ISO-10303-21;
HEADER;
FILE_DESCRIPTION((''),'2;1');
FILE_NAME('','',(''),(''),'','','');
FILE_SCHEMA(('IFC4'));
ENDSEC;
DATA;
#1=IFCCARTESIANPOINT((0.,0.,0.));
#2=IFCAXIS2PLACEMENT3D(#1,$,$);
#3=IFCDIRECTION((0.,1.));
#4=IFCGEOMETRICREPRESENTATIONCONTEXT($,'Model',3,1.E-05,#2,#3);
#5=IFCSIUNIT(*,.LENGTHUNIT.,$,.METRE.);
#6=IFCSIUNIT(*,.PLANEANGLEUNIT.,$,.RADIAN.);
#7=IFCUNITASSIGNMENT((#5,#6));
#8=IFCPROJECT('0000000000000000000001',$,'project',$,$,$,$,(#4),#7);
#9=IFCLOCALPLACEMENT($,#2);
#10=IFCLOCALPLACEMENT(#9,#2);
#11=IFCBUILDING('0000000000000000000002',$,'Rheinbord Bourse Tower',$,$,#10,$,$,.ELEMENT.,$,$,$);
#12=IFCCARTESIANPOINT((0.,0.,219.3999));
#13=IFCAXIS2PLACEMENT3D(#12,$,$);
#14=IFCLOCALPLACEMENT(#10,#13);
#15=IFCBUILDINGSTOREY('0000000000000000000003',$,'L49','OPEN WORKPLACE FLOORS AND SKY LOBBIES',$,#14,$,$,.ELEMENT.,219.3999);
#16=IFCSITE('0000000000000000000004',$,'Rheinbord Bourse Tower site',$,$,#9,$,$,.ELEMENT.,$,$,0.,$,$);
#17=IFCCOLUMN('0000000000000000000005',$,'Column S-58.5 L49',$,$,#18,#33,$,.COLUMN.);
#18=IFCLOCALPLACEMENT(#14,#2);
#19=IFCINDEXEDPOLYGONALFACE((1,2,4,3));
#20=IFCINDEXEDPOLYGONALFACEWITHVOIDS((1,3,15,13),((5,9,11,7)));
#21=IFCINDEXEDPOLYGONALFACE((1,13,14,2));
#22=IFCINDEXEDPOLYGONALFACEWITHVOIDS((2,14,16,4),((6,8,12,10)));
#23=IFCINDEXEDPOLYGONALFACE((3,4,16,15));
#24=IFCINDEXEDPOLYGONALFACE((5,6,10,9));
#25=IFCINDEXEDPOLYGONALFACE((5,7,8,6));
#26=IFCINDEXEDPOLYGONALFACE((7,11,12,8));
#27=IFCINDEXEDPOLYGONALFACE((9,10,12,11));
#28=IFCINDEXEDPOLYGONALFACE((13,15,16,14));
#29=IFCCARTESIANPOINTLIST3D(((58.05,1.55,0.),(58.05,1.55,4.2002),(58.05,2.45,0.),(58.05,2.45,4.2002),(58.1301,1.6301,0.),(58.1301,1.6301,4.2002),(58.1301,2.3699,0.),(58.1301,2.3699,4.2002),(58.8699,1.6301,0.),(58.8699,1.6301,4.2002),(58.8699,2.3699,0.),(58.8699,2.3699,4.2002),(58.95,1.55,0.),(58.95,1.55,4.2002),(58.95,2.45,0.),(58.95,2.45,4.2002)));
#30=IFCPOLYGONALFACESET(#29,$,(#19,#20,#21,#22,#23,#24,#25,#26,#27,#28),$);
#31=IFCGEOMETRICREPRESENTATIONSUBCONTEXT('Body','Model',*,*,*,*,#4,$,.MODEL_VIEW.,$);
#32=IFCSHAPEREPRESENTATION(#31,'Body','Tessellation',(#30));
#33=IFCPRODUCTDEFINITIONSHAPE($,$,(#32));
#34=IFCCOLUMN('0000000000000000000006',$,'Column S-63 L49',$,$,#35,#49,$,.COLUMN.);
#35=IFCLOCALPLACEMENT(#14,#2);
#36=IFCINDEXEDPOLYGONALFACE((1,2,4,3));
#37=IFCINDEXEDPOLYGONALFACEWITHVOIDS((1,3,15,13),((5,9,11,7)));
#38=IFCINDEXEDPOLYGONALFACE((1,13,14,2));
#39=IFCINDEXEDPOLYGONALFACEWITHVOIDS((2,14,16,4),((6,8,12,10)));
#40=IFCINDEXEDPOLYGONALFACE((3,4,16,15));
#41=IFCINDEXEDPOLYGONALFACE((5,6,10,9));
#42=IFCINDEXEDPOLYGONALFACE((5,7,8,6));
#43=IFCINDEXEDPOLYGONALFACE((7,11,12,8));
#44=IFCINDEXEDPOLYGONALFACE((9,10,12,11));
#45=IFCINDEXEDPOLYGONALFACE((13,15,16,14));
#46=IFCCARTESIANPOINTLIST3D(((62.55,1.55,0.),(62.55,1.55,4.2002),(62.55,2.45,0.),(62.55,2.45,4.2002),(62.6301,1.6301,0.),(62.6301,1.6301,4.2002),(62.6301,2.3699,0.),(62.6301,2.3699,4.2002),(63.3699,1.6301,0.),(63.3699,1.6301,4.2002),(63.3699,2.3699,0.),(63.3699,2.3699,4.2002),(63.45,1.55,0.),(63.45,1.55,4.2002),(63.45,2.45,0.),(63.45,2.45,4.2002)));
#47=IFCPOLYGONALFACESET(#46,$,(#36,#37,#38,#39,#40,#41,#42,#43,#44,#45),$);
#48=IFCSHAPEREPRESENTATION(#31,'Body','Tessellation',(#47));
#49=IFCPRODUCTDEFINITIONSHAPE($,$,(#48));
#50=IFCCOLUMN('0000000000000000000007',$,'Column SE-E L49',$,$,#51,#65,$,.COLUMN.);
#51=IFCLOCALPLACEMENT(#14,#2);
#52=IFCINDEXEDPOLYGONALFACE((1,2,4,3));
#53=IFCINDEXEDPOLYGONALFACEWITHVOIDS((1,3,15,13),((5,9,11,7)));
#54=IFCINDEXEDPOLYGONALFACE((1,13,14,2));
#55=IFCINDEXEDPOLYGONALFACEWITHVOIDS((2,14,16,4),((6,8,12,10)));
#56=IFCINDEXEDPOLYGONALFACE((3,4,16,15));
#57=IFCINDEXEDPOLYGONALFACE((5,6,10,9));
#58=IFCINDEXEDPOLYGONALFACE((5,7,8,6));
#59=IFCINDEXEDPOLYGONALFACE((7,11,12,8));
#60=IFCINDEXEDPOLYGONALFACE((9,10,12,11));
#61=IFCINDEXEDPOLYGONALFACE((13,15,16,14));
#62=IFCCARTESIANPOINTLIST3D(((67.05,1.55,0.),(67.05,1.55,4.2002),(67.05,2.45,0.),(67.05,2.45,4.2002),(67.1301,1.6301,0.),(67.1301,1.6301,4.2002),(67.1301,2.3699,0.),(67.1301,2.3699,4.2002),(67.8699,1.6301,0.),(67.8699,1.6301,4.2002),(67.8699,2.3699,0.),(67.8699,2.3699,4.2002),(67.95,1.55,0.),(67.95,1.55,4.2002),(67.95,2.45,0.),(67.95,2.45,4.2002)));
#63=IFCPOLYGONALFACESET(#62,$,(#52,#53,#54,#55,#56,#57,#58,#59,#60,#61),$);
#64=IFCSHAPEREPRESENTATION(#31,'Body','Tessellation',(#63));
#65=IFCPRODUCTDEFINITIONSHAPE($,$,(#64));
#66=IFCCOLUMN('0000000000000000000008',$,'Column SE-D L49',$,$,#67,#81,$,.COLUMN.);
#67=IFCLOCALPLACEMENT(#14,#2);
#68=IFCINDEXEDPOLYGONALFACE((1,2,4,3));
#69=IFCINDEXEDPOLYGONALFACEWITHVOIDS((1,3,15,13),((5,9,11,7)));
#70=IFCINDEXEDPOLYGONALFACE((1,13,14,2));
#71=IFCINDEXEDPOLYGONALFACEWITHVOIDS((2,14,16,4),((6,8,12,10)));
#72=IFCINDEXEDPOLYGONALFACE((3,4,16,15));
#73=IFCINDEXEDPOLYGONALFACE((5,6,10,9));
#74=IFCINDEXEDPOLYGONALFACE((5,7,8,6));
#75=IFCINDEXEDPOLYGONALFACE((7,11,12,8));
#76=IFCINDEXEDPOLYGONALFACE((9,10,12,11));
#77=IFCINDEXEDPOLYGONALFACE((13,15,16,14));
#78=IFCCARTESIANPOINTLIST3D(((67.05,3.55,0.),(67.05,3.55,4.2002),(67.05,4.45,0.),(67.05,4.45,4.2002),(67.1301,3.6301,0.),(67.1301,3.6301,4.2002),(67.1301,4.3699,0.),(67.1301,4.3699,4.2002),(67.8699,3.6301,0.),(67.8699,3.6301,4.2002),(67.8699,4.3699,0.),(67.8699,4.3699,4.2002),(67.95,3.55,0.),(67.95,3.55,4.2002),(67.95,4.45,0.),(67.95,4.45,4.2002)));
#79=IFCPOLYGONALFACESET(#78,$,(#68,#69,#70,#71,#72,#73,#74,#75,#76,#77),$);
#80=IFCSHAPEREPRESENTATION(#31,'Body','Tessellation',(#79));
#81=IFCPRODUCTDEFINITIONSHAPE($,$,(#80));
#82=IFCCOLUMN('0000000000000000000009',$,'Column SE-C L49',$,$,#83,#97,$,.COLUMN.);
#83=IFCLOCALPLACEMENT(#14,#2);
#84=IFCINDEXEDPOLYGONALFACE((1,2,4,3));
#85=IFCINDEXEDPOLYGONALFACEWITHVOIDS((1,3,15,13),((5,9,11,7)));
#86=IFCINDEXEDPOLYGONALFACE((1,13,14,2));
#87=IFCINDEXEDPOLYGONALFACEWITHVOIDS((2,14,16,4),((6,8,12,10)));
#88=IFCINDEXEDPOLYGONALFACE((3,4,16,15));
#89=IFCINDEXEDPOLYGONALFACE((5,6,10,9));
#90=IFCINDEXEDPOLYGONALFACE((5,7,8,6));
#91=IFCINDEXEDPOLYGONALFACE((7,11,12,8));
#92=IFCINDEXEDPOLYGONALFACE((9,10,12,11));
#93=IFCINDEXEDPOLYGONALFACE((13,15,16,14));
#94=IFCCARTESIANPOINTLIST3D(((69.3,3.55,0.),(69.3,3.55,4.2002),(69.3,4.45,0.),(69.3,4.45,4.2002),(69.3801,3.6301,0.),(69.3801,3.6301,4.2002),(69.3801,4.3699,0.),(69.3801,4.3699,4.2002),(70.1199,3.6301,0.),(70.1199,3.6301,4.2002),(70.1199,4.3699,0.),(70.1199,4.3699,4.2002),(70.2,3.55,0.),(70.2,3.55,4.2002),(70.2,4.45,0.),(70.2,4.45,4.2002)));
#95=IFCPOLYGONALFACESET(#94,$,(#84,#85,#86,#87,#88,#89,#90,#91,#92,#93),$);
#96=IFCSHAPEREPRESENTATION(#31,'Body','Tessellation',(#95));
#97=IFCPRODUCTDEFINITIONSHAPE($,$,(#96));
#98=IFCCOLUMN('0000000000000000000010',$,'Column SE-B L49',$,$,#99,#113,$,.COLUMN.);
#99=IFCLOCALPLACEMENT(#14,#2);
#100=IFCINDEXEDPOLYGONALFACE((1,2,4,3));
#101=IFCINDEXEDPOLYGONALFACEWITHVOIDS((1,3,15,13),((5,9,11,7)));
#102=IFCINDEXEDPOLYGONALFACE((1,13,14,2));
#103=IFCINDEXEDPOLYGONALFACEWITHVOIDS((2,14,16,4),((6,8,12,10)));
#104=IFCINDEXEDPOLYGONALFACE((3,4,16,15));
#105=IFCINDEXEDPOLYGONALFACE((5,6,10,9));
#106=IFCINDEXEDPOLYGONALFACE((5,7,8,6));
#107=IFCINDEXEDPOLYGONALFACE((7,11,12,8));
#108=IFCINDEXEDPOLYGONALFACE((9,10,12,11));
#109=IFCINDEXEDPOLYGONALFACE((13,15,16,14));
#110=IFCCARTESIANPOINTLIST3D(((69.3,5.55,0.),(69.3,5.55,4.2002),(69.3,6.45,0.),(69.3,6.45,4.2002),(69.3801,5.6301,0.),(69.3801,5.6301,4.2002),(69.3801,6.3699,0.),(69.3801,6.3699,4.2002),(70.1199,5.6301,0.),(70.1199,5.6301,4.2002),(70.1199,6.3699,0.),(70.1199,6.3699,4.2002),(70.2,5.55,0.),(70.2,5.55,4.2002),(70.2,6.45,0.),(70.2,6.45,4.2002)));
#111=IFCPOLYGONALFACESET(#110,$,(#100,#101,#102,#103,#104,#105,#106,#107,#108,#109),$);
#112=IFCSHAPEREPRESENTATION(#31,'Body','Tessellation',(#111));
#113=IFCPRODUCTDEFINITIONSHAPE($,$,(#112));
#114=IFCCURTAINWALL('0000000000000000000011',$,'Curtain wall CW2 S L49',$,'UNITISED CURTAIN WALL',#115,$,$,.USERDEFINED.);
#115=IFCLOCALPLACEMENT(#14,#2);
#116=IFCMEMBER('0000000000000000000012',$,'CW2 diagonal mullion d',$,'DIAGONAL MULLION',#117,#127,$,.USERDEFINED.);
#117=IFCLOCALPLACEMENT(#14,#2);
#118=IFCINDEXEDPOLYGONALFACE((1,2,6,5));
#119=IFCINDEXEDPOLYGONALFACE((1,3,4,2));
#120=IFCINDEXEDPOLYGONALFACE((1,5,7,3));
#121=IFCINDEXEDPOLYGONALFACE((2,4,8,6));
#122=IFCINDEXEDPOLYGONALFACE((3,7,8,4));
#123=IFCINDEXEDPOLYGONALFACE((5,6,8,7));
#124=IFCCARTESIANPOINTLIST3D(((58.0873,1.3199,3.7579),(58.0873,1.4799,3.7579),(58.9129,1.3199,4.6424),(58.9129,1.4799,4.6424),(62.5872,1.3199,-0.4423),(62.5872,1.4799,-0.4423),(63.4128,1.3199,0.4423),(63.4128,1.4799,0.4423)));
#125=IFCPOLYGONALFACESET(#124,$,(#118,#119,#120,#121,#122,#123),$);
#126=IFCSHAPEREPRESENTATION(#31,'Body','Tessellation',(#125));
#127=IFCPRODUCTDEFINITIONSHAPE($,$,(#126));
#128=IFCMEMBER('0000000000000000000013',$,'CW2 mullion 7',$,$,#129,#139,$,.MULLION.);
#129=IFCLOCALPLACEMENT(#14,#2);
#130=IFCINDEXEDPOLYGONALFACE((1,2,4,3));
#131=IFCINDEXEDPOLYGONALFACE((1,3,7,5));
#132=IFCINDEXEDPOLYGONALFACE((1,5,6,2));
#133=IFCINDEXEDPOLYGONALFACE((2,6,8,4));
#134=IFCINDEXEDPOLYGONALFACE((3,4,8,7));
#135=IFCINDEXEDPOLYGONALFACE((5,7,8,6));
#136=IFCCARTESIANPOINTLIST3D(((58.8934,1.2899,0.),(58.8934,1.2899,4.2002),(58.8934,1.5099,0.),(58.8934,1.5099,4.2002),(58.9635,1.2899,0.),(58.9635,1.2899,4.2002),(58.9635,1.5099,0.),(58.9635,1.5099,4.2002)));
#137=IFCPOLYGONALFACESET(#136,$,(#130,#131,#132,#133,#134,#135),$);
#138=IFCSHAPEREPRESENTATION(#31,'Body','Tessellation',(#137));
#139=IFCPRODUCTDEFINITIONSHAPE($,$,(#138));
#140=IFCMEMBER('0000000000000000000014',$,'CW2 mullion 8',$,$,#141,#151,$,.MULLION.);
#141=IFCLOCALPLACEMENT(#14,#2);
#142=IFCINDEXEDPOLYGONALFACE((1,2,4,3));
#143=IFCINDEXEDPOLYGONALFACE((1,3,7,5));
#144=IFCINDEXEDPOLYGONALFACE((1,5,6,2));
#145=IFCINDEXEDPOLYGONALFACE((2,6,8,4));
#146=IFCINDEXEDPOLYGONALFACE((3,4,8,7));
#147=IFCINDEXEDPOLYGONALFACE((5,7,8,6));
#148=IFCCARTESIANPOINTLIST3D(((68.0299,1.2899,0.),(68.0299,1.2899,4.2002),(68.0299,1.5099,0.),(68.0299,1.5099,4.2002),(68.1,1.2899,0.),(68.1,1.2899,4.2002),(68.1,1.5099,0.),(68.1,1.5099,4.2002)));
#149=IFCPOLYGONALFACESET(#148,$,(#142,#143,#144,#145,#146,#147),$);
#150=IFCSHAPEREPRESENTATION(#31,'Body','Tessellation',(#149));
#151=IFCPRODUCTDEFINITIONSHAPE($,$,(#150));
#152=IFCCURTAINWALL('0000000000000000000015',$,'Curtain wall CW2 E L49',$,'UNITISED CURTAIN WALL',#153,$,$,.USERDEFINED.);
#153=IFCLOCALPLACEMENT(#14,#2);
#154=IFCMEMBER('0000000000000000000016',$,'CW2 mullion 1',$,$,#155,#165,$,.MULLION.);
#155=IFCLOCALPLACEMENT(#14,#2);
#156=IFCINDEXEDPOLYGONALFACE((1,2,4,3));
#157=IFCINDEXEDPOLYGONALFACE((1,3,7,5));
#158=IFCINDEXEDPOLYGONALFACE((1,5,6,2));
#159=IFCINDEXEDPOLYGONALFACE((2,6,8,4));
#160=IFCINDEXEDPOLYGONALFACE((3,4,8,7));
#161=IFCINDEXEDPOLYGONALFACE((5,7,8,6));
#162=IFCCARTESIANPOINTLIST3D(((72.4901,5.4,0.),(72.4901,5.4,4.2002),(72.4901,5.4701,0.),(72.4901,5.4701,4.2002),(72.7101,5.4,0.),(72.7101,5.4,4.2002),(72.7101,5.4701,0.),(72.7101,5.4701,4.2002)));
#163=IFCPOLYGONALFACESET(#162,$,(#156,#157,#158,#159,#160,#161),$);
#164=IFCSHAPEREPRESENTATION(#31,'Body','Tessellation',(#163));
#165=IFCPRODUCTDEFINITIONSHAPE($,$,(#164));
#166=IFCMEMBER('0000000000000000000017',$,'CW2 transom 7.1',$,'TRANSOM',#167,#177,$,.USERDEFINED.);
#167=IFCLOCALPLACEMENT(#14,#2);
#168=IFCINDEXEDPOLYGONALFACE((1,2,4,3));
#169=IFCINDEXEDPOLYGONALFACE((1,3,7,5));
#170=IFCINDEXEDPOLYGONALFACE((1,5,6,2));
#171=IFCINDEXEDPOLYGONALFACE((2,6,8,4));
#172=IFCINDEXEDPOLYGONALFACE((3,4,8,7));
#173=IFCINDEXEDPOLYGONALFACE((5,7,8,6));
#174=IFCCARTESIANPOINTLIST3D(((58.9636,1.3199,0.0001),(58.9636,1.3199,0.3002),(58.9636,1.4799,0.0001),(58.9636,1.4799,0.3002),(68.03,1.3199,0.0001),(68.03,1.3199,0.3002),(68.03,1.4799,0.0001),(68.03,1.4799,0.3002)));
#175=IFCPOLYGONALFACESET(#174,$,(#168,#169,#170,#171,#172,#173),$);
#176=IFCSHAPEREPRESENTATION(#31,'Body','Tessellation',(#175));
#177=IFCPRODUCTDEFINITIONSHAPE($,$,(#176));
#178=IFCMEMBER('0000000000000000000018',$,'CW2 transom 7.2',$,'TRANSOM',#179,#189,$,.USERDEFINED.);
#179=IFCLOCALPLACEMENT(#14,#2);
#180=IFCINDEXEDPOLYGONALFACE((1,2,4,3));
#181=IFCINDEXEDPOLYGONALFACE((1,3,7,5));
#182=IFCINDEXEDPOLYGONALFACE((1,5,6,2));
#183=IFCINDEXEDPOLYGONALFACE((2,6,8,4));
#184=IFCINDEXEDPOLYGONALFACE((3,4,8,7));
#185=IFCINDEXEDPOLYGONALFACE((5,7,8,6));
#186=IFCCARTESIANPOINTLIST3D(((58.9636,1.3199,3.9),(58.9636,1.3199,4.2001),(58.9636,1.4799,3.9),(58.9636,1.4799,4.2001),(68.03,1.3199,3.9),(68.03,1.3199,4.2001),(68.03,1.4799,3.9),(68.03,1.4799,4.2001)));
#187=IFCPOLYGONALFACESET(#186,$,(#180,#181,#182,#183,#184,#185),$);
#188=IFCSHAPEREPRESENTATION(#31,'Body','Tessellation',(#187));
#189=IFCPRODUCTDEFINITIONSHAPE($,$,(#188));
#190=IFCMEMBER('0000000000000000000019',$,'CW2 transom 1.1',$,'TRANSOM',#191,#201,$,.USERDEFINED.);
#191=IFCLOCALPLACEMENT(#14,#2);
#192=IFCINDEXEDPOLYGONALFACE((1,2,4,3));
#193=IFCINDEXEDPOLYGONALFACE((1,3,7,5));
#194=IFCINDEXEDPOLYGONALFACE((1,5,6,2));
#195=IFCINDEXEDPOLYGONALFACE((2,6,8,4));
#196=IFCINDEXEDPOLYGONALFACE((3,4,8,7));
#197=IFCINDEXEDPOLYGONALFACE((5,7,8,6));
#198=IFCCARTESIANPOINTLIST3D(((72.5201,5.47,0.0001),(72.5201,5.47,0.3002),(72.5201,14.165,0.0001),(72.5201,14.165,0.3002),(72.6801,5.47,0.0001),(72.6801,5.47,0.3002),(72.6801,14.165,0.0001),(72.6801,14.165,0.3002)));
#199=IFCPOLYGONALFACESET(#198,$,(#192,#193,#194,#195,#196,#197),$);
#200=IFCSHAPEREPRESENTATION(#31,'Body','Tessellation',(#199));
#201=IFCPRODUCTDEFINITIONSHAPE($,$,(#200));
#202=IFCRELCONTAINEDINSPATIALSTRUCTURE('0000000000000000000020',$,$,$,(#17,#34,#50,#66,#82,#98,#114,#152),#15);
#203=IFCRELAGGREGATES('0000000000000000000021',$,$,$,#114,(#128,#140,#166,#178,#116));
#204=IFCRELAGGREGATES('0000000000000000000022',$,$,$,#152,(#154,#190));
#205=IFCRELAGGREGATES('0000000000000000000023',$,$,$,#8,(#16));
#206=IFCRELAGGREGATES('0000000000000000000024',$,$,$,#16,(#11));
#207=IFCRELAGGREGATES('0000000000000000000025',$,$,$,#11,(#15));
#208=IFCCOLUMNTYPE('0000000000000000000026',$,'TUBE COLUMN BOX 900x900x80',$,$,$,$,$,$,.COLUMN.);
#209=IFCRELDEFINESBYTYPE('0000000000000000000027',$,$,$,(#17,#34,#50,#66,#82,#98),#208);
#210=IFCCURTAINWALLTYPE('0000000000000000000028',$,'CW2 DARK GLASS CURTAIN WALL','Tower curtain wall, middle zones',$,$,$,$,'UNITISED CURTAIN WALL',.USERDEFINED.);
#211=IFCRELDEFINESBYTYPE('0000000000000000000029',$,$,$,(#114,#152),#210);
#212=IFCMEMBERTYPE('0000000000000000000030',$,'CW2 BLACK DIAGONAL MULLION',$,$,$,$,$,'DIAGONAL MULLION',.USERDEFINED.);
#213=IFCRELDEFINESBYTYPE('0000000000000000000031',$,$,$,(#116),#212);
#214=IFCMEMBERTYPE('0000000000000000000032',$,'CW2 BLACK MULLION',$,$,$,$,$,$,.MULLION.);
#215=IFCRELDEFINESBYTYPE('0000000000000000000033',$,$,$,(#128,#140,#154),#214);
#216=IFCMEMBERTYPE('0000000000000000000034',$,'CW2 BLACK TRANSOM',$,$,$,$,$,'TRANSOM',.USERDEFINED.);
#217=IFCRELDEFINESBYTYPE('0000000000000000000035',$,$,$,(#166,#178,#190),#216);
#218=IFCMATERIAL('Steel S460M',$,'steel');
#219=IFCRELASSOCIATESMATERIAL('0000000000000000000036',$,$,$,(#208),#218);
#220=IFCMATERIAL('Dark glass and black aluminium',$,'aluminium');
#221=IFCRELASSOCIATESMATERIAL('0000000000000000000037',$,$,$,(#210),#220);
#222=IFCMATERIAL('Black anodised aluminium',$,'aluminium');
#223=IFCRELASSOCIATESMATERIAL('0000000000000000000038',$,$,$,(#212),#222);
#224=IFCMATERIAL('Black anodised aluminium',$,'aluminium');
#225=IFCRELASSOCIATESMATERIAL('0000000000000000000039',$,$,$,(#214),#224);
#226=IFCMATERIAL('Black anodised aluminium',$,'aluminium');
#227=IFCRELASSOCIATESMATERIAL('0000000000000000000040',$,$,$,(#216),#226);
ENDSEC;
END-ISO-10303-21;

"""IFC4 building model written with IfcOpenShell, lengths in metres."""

from ifc_helpers import new_model, si_unit, direction, frame, origin, origin_2d, place, context, subcontext, project, spatial, rectangle, hollow_rectangle, extrude, material, material_profile, profile_set, type_object, element, aggregate, save


model = new_model("IFC4")

# Units and contexts
model_context = context("Model", 3, precision=1e-05, world=origin(), true_north=direction((0.0, 1.0)))
body_context = subcontext(model_context, "Body", "Model", "MODEL_VIEW")
ifc_project = project(units=[si_unit("LENGTHUNIT", "METRE"), si_unit("PLANEANGLEUNIT", "RADIAN")], contexts=[model_context])

# Site, building, storey
site_placement = place(None, origin())
site = spatial("IfcSite", under=ifc_project, at=site_placement, Name="Rheinbord Bourse Tower site", CompositionType="ELEMENT", RefElevation=0.0)
building_placement = place(site_placement, origin())
building = spatial("IfcBuilding", under=site, at=building_placement, Name="Rheinbord Bourse Tower", CompositionType="ELEMENT")
storey_placement = place(building_placement, frame((0.0, 0.0, 219.3999)))
storey = spatial("IfcBuildingStorey", under=building, at=storey_placement, Name="L49", Description="OPEN WORKPLACE FLOORS AND SKY LOBBIES", CompositionType="ELEMENT", Elevation=219.3999)

# Columns
ifc_material_1 = material(Name="Steel S460M", Category="steel")
ifc_material_profile_1 = material_profile(ifc_material_1, hollow_rectangle(XDim=0.8999, YDim=0.8999, WallThickness=0.0801, at=origin_2d()), Name="BOX 900x900x80")
ifc_profile_set_1 = profile_set([ifc_material_profile_1], Name="Steel S460M")
column_type = type_object("IfcColumnType", Name="TUBE COLUMN BOX 900x900x80", PredefinedType="COLUMN", material=ifc_profile_set_1)
for number, where, z_axis, x_axis, name in (
    (1, (58.5, 2.0, 0.0), (0.0, 0.0, 1.0), (0.0, 1.0, 0.0), "Column S-58.5 L49"),
    (2, (63.0, 2.0, 0.0), (0.0, 0.0, 1.0), (0.0, 1.0, 0.0), "Column S-63 L49"),
    (3, (67.5, 2.0, 0.0), (0.0, 0.0, 1.0), (0.0, 1.0, 0.0), "Column SE-E L49"),
    (4, (67.5, 4.0, 0.0), (0.0, 0.0, 1.0), (0.0, 1.0, 0.0), "Column SE-D L49"),
    (5, (69.75, 4.0, 0.0), (0.0, 0.0, 1.0), (1.0, 0.0, 0.0), "Column SE-C L49"),
    (6, (69.75, 6.0, 0.0), (0.0, 0.0, 1.0), (1.0, 0.0, 0.0), "Column SE-B L49"),
):
    element("IfcColumn", number, at=place(storey_placement, frame(where, z_axis=z_axis, x_axis=x_axis)), inside=storey, type_object=column_type, Name=name, PredefinedType="COLUMN", context=body_context, shape_type="SweptSolid", body=[
        extrude(hollow_rectangle(XDim=0.8999, YDim=0.8999, WallThickness=0.0801, at=origin_2d()), origin(), (0.0, 0.0, 1.0), 4.2002),
    ])

# Curtain wall, members
ifc_material_2 = material(Name="Dark glass and black aluminium", Category="aluminium")
curtain_wall_type = type_object("IfcCurtainWallType", Name="CW2 DARK GLASS CURTAIN WALL", Description="Tower curtain wall, middle zones", ElementType="UNITISED CURTAIN WALL", PredefinedType="USERDEFINED", material=ifc_material_2)
curtain_wall_1_placement = place(storey_placement, origin())
curtain_wall_1 = element("IfcCurtainWall", 7, at=curtain_wall_1_placement, inside=storey, type_object=curtain_wall_type, Name="Curtain wall CW2 S L49", ObjectType="UNITISED CURTAIN WALL", PredefinedType="USERDEFINED")
ifc_material_3 = material(Name="Black anodised aluminium", Category="aluminium")
ifc_material_profile_2 = material_profile(ifc_material_3, rectangle(XDim=0.1599, YDim=1.21, at=origin_2d()), Name="CW2 DIAGONAL MULLION 1210x160")
ifc_profile_set_2 = profile_set([ifc_material_profile_2], Name="Black anodised aluminium")
member_type_1 = type_object("IfcMemberType", Name="CW2 BLACK DIAGONAL MULLION", ElementType="DIAGONAL MULLION", PredefinedType="USERDEFINED", material=ifc_profile_set_2)
member_1_placement = place(storey_placement, frame((63.0, 1.3999, 0.0), z_axis=(-0.731039, 0.0, 0.682335), x_axis=(0.0, -1.0, 0.0)))
member_1 = element("IfcMember", 8, at=member_1_placement, type_object=member_type_1, Name="CW2 diagonal mullion d", ObjectType="DIAGONAL MULLION", PredefinedType="USERDEFINED", context=body_context, shape_type="SweptSolid", body=[
    extrude(rectangle(XDim=0.1599, YDim=1.21, at=origin_2d()), origin(), (0.0, 0.0, 1.0), 6.1555),
])
ifc_material_4 = material(Name="Black anodised aluminium", Category="aluminium")
ifc_material_profile_3 = material_profile(ifc_material_4, rectangle(XDim=0.22, YDim=0.0701, at=origin_2d()), Name="CW2 MULLION 70x220")
ifc_profile_set_3 = profile_set([ifc_material_profile_3], Name="Black anodised aluminium")
member_type_2 = type_object("IfcMemberType", Name="CW2 BLACK MULLION", PredefinedType="MULLION", material=ifc_profile_set_3)
member_2_placement = place(storey_placement, frame((58.9285, 1.3999, 0.0), z_axis=(0.0, 0.0, 1.0), x_axis=(0.0, 1.0, 0.0)))
member_2 = element("IfcMember", 9, at=member_2_placement, type_object=member_type_2, Name="CW2 mullion 7", PredefinedType="MULLION", context=body_context, shape_type="SweptSolid", body=[
    extrude(rectangle(XDim=0.22, YDim=0.0701, at=origin_2d()), origin(), (0.0, 0.0, 1.0), 4.2002),
])
member_3_placement = place(storey_placement, frame((68.0649, 1.3999, 0.0), z_axis=(0.0, 0.0, 1.0), x_axis=(0.0, 1.0, 0.0)))
member_3 = element("IfcMember", 10, at=member_3_placement, type_object=member_type_2, Name="CW2 mullion 8", PredefinedType="MULLION", context=body_context, shape_type="SweptSolid", body=[
    extrude(rectangle(XDim=0.22, YDim=0.0701, at=origin_2d()), origin(), (0.0, 0.0, 1.0), 4.2002),
])

# Curtain wall, member
curtain_wall_2_placement = place(storey_placement, origin())
curtain_wall_2 = element("IfcCurtainWall", 11, at=curtain_wall_2_placement, inside=storey, type_object=curtain_wall_type, Name="Curtain wall CW2 E L49", ObjectType="UNITISED CURTAIN WALL", PredefinedType="USERDEFINED")
member_4_placement = place(storey_placement, frame((72.6001, 5.4351, 0.0), z_axis=(0.0, 0.0, 1.0), x_axis=(-1.0, 0.0, 0.0)))
member_4 = element("IfcMember", 12, at=member_4_placement, type_object=member_type_2, Name="CW2 mullion 1", PredefinedType="MULLION", context=body_context, shape_type="SweptSolid", body=[
    extrude(rectangle(XDim=0.22, YDim=0.0701, at=origin_2d()), origin(), (0.0, 0.0, 1.0), 4.2002),
])

# Members
ifc_material_5 = material(Name="Black anodised aluminium", Category="aluminium")
ifc_material_profile_4 = material_profile(ifc_material_5, rectangle(XDim=0.1599, YDim=0.3, at=origin_2d()), Name="CW2 TRANSOM 300x160")
ifc_profile_set_4 = profile_set([ifc_material_profile_4], Name="Black anodised aluminium")
member_type_3 = type_object("IfcMemberType", Name="CW2 BLACK TRANSOM", ElementType="TRANSOM", PredefinedType="USERDEFINED", material=ifc_profile_set_4)
member_5_placement = place(storey_placement, frame((58.9636, 1.3999, 0.1501), z_axis=(1.0, 0.0, 0.0), x_axis=(0.0, 1.0, 0.0)))
member_5 = element("IfcMember", 13, at=member_5_placement, type_object=member_type_3, Name="CW2 transom 7.1", ObjectType="TRANSOM", PredefinedType="USERDEFINED", context=body_context, shape_type="SweptSolid", body=[
    extrude(rectangle(XDim=0.1599, YDim=0.3, at=origin_2d()), origin(), (0.0, 0.0, 1.0), 9.0664),
])
member_6_placement = place(storey_placement, frame((58.9636, 1.3999, 4.05), z_axis=(1.0, 0.0, 0.0), x_axis=(0.0, 1.0, 0.0)))
member_6 = element("IfcMember", 14, at=member_6_placement, type_object=member_type_3, Name="CW2 transom 7.2", ObjectType="TRANSOM", PredefinedType="USERDEFINED", context=body_context, shape_type="SweptSolid", body=[
    extrude(rectangle(XDim=0.1599, YDim=0.3, at=origin_2d()), origin(), (0.0, 0.0, 1.0), 9.0664),
])
member_7_placement = place(storey_placement, frame((72.6001, 5.47, 0.1501), z_axis=(0.0, 1.0, 0.0), x_axis=(-1.0, 0.0, 0.0)))
member_7 = element("IfcMember", 15, at=member_7_placement, type_object=member_type_3, Name="CW2 transom 1.1", ObjectType="TRANSOM", PredefinedType="USERDEFINED", context=body_context, shape_type="SweptSolid", body=[
    extrude(rectangle(XDim=0.1599, YDim=0.3, at=origin_2d()), origin(), (0.0, 0.0, 1.0), 8.6951),
])

aggregate(curtain_wall_1, [member_2, member_3, member_5, member_6, member_1])
aggregate(curtain_wall_2, [member_4, member_7])

save(model, "model.ifc")
